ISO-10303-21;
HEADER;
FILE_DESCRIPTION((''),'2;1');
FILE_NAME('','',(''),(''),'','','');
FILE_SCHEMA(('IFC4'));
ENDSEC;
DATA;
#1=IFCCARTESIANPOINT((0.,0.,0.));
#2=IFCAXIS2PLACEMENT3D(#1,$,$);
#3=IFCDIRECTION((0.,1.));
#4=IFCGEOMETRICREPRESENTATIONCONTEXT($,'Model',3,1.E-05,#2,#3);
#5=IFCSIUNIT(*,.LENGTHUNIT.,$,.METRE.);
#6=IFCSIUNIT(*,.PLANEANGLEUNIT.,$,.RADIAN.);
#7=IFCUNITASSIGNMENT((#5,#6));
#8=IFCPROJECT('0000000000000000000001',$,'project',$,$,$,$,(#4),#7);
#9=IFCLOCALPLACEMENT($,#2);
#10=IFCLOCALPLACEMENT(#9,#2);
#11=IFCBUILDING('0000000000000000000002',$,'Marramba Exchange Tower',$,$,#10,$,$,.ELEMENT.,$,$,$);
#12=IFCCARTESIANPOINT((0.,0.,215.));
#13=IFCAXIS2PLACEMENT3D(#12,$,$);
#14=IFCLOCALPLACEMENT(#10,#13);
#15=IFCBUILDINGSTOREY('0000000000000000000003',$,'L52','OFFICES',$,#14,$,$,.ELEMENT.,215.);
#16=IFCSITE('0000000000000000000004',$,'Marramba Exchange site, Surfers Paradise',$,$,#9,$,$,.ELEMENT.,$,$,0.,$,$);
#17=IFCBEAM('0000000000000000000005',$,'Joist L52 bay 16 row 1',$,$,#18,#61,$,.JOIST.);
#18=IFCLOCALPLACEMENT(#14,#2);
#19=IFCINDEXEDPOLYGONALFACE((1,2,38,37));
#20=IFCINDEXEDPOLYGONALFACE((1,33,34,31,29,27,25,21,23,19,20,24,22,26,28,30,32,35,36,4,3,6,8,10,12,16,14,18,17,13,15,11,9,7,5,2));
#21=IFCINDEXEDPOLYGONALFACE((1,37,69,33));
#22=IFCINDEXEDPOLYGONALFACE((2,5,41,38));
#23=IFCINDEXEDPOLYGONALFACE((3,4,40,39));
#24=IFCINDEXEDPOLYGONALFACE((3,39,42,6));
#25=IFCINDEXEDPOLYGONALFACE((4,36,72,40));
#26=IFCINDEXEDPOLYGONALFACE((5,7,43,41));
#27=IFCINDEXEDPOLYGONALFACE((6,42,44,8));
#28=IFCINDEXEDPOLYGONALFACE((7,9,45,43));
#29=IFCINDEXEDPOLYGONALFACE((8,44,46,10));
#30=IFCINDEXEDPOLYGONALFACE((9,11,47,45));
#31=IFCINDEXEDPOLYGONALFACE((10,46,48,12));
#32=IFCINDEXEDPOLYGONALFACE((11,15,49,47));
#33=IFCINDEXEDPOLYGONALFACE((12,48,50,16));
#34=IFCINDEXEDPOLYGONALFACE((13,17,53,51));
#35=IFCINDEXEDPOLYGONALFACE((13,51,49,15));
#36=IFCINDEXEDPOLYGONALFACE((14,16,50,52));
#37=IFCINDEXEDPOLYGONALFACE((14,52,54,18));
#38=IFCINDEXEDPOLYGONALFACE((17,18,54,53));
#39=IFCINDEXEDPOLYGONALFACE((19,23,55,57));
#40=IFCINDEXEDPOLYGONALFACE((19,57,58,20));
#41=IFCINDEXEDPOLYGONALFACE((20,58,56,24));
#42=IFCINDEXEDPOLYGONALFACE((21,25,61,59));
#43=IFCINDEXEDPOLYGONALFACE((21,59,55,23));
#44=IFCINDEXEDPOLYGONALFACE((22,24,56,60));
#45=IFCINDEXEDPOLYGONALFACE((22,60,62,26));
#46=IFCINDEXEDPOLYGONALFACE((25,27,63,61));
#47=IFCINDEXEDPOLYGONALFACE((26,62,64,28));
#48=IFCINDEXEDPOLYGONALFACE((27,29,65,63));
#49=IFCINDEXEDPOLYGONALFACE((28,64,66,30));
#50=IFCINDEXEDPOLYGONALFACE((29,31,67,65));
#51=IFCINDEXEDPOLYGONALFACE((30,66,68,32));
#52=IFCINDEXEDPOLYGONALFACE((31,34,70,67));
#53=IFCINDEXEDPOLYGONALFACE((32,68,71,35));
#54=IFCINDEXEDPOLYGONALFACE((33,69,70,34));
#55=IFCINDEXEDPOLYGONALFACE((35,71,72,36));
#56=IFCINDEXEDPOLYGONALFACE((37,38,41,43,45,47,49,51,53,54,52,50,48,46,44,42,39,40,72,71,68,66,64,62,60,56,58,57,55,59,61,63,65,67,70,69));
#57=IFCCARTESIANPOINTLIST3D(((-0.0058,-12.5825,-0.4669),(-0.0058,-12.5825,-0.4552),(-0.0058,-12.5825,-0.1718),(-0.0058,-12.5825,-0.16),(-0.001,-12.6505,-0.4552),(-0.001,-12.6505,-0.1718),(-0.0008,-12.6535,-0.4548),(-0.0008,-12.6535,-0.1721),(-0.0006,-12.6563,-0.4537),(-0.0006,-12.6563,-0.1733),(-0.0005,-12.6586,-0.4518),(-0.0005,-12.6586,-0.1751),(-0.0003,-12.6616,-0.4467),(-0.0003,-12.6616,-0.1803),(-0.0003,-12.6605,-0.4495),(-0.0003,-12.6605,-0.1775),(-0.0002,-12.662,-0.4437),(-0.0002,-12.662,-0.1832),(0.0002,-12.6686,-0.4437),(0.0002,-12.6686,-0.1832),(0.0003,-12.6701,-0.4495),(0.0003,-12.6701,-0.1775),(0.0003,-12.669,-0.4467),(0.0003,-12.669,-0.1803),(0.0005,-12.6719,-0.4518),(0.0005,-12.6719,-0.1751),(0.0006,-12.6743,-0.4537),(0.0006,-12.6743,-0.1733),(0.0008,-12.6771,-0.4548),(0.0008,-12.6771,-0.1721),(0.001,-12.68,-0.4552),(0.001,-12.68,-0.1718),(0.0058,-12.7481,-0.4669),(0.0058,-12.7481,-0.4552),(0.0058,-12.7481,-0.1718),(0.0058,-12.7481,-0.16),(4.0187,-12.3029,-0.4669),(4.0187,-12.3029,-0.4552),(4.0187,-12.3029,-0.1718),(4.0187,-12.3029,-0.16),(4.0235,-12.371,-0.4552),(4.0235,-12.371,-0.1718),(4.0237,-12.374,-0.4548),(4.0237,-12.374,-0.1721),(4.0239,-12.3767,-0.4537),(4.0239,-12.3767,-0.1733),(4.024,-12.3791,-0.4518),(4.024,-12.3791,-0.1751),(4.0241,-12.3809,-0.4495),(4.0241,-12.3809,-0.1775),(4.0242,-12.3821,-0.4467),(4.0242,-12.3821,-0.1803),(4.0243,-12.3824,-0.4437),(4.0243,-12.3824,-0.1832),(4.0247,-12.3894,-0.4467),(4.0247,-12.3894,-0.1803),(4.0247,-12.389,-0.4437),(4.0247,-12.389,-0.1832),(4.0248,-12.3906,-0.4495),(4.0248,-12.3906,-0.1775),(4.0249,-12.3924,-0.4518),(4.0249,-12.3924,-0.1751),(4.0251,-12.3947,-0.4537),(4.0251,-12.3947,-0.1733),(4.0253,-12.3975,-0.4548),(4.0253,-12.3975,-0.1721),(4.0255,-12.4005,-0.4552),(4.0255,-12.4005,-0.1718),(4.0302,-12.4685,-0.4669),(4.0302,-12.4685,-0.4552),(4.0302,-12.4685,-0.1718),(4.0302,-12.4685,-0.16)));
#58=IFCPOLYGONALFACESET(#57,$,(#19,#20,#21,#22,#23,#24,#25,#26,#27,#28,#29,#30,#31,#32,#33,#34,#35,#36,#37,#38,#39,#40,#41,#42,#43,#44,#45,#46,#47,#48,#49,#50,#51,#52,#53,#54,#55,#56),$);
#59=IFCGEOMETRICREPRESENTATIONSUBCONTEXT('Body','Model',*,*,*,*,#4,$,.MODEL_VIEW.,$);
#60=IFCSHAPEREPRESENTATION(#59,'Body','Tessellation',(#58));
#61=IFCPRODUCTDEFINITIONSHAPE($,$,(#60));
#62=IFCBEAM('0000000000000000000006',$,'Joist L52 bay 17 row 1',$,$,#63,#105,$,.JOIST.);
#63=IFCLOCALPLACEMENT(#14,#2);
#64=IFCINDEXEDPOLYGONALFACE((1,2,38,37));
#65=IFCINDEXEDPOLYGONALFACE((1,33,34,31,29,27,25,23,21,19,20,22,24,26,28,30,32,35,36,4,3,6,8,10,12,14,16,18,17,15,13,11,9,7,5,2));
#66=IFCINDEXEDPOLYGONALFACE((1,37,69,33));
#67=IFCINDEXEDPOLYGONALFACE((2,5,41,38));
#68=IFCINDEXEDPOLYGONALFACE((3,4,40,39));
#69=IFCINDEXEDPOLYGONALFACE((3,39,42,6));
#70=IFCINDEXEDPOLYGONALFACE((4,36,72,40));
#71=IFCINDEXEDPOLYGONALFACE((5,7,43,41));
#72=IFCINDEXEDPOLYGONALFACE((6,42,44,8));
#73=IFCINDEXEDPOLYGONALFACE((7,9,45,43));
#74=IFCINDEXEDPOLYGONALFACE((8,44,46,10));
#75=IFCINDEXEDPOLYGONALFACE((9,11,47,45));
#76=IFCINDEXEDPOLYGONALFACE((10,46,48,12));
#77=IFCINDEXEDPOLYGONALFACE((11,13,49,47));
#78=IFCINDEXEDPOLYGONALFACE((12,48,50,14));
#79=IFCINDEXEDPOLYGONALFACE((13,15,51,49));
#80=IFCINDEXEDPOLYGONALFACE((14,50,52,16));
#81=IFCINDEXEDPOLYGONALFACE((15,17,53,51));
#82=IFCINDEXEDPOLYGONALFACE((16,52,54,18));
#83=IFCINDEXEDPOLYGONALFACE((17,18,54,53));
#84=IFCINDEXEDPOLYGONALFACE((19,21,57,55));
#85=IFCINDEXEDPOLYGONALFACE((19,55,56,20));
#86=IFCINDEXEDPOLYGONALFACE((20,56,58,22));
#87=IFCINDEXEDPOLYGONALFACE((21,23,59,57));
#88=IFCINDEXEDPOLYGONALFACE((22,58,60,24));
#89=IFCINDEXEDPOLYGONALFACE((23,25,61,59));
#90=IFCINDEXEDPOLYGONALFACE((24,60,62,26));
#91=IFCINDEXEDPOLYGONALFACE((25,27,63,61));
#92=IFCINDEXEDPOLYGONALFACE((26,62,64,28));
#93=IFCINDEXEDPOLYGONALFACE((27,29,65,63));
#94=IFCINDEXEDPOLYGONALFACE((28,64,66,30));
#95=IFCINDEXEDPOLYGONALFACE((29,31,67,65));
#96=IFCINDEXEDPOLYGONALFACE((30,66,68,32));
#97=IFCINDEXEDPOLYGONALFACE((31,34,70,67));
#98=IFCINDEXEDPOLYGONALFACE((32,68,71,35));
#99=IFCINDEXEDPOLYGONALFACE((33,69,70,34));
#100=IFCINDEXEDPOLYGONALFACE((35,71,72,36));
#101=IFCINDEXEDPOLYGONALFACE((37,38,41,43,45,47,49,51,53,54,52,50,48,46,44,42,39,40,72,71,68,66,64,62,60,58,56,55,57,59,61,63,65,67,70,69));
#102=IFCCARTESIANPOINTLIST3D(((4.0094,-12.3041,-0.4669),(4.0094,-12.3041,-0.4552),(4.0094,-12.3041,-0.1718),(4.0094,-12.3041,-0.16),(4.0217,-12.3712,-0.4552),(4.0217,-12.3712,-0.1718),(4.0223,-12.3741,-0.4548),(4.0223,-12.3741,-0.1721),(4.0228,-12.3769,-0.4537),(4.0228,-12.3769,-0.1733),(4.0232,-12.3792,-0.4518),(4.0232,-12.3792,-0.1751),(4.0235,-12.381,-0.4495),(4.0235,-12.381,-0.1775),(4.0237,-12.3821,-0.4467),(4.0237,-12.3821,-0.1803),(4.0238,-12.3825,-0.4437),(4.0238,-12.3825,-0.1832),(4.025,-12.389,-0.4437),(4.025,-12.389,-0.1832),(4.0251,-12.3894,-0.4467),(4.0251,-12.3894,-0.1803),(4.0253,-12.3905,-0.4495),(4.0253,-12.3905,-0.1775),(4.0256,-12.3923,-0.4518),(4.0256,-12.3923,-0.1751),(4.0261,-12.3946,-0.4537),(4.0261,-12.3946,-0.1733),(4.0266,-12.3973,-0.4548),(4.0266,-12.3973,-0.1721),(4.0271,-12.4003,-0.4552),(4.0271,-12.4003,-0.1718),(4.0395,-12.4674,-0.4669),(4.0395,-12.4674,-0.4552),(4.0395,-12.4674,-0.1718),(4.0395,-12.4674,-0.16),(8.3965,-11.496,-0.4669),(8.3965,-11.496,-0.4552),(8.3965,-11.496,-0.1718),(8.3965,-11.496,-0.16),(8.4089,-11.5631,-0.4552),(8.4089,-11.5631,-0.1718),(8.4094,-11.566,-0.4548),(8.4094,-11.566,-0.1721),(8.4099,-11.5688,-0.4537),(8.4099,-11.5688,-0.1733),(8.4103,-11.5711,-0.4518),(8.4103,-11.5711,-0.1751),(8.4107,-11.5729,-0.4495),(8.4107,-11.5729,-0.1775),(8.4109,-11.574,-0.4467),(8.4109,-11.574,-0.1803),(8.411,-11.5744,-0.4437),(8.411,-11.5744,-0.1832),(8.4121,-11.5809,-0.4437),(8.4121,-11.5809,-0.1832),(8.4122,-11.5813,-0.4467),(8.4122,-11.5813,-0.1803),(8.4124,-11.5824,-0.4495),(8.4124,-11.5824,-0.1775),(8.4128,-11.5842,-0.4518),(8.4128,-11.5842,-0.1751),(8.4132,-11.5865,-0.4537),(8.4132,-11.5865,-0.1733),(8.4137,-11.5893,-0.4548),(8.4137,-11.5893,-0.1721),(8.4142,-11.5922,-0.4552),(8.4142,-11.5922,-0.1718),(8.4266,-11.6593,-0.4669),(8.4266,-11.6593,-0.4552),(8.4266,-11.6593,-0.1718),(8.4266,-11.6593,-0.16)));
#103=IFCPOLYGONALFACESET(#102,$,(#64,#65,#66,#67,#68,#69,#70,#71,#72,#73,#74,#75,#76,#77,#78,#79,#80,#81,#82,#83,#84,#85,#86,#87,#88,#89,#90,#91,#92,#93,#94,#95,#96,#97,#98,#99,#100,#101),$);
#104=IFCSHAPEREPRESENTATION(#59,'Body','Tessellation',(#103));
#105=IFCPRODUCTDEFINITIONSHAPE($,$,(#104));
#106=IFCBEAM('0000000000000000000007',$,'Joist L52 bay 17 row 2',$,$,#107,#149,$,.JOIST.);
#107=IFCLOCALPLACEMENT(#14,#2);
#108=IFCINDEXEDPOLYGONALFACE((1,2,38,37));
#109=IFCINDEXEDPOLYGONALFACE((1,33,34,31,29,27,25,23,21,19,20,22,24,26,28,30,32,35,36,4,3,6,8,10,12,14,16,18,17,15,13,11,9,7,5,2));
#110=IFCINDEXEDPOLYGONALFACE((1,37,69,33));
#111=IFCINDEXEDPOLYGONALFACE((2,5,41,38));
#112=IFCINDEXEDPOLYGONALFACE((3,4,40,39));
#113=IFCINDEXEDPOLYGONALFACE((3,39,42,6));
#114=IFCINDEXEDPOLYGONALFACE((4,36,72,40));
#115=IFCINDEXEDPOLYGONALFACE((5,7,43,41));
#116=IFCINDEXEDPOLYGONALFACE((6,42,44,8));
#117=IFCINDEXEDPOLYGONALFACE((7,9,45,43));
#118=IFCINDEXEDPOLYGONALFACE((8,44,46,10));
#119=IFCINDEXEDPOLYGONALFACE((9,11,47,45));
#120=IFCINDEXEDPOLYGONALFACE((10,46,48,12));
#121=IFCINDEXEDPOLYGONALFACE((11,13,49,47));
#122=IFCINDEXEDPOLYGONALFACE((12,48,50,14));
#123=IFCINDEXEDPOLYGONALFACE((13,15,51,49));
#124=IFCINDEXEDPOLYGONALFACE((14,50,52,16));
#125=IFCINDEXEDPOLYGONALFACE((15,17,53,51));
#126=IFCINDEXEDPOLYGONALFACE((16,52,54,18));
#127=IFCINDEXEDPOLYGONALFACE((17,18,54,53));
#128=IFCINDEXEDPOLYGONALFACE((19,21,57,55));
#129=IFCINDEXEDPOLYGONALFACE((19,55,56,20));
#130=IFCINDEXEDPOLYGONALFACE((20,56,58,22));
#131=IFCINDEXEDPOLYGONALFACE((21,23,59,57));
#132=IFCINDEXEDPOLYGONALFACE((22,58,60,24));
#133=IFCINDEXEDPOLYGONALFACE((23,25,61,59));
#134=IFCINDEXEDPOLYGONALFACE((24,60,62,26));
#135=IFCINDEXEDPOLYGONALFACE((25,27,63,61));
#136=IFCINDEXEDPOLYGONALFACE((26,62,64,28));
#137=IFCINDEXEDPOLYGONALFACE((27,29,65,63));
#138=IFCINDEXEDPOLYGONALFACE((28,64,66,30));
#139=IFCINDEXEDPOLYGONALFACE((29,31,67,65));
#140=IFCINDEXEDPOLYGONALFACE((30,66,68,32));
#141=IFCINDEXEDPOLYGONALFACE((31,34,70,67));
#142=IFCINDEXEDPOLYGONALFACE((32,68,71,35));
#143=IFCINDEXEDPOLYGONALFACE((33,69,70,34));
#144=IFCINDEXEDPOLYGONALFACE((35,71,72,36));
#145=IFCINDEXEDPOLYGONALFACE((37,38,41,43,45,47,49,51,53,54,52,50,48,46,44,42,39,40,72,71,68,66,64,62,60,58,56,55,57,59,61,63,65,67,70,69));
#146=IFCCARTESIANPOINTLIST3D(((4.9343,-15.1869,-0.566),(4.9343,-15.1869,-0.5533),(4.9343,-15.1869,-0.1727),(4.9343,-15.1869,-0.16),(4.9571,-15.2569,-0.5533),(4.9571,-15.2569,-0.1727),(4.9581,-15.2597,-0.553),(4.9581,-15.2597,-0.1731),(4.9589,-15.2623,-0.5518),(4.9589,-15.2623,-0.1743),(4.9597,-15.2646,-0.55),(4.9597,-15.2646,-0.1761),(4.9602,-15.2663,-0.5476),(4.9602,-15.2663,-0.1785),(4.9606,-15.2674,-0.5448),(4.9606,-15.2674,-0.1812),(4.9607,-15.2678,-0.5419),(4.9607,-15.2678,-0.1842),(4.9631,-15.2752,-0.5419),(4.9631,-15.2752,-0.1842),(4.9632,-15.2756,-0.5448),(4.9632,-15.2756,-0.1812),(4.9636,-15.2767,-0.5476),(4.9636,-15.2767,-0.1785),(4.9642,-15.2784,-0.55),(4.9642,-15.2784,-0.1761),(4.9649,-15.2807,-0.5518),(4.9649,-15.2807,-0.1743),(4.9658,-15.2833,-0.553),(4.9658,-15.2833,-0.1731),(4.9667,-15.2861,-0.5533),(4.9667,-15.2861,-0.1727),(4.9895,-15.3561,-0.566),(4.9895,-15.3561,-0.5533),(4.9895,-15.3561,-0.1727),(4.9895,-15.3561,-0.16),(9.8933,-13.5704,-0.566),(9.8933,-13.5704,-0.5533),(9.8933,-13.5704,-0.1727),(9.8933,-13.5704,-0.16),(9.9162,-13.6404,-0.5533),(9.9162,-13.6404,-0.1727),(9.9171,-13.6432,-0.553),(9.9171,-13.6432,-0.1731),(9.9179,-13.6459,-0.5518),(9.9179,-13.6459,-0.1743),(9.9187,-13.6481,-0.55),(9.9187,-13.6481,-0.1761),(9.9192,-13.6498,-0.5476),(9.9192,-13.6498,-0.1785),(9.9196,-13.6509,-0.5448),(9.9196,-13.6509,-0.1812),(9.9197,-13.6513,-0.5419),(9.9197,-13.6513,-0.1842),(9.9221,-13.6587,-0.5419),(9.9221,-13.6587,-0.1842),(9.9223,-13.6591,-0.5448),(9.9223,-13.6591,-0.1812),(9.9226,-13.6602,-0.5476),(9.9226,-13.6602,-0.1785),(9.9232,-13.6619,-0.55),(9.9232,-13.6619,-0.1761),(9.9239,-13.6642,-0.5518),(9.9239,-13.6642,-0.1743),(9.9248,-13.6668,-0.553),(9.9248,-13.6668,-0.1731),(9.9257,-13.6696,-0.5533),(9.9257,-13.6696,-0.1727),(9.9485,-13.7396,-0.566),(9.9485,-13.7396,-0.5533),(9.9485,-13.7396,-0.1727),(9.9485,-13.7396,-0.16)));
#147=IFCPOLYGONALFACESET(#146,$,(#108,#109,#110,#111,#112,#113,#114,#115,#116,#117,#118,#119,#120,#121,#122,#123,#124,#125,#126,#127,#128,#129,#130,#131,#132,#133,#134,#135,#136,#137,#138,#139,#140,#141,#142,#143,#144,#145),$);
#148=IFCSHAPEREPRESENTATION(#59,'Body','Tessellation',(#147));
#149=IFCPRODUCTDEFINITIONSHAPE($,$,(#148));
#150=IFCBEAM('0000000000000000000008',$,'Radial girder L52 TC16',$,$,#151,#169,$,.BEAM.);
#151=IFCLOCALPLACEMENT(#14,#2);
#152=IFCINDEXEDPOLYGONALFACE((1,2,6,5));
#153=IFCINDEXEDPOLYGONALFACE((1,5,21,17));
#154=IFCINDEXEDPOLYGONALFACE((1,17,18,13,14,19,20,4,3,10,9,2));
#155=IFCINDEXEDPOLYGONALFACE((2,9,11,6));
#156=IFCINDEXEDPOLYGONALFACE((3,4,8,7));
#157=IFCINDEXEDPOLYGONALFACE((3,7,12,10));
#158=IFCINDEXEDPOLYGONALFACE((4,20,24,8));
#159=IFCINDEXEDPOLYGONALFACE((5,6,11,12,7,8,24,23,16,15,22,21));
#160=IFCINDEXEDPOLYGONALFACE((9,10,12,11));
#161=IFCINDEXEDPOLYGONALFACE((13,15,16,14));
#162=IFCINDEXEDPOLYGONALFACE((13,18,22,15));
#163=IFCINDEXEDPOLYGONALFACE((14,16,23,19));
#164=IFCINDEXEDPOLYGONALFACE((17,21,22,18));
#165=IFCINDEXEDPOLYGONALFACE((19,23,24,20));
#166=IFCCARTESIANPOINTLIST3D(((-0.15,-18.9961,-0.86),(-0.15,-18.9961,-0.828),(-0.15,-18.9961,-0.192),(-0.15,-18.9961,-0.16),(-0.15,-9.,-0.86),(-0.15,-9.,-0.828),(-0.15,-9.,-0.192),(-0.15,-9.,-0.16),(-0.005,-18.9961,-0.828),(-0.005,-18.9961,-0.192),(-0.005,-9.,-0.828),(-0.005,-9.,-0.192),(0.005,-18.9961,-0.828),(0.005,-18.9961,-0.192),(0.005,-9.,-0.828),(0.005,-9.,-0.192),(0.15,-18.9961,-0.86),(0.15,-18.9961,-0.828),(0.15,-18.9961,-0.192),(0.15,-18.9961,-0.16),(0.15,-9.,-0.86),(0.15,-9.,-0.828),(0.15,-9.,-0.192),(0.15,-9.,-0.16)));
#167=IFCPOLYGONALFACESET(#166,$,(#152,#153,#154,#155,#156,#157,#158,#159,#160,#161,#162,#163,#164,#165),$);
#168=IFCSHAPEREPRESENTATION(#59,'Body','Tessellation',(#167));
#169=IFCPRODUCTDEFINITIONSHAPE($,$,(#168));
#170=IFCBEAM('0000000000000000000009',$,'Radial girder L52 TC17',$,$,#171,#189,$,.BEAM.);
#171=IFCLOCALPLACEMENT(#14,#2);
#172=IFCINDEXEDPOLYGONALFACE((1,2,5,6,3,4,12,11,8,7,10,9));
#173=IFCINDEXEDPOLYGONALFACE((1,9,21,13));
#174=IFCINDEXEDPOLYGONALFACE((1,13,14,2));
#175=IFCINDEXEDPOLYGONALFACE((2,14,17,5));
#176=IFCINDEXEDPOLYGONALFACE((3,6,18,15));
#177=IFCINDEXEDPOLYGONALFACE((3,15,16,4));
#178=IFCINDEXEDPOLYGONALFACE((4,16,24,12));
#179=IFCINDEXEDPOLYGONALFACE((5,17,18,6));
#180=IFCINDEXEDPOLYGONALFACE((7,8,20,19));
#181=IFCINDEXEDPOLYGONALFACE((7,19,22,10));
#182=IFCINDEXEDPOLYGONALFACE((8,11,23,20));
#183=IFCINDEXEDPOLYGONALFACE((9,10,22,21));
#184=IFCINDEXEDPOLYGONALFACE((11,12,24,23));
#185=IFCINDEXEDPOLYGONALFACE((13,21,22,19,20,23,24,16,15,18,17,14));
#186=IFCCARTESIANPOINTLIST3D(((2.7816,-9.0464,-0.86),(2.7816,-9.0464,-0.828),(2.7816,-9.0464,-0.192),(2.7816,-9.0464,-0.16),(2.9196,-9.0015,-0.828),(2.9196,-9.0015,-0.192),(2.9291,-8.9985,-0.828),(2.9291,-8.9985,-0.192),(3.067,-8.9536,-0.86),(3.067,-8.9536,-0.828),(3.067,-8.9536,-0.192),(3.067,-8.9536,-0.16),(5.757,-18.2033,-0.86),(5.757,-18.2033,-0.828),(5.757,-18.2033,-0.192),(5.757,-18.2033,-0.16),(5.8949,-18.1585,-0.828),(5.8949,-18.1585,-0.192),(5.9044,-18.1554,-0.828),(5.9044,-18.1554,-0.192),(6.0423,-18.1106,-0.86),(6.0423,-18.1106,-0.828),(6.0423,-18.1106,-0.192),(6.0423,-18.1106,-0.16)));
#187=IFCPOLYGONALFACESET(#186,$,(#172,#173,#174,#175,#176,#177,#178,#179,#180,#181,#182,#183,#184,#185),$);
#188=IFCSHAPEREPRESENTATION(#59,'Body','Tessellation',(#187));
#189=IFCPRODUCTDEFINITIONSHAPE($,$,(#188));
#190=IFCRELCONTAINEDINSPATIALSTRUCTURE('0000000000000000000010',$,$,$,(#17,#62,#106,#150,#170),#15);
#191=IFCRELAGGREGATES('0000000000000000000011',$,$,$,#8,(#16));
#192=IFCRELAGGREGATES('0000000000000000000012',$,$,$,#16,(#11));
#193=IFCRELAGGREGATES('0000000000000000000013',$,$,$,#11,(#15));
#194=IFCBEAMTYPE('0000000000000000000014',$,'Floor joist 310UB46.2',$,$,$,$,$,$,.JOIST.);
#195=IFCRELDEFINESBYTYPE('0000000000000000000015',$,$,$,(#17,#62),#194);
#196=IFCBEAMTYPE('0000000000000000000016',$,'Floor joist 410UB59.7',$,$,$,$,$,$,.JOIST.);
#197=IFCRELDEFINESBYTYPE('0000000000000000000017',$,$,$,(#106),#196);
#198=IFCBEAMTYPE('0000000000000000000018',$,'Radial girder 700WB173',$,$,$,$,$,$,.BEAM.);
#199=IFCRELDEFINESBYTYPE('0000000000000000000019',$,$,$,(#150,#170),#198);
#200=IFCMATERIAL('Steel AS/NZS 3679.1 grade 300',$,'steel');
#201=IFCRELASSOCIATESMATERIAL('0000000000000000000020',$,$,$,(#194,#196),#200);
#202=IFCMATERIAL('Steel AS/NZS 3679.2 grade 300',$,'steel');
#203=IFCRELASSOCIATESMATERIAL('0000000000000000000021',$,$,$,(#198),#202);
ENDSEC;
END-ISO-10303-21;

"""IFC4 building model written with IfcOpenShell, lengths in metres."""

from ifc_helpers import new_model, si_unit, direction, frame, origin, origin_2d, place, context, subcontext, project, spatial, i_section, extrude, material, material_profile, profile_set, type_object, element, save


model = new_model("IFC4")

# Units and contexts
model_context = context("Model", 3, precision=1e-05, world=origin(), true_north=direction((0.0, 1.0)))
body_context = subcontext(model_context, "Body", "Model", "MODEL_VIEW")
ifc_project = project(units=[si_unit("LENGTHUNIT", "METRE"), si_unit("PLANEANGLEUNIT", "RADIAN")], contexts=[model_context])

# Site, building, storey
site_placement = place(None, origin())
site = spatial("IfcSite", under=ifc_project, at=site_placement, Name="Marramba Exchange site, Surfers Paradise", CompositionType="ELEMENT", RefElevation=0.0)
building_placement = place(site_placement, origin())
building = spatial("IfcBuilding", under=site, at=building_placement, Name="Marramba Exchange Tower", CompositionType="ELEMENT")
storey_placement = place(building_placement, frame((0.0, 0.0, 215.0)))
storey = spatial("IfcBuildingStorey", under=building, at=storey_placement, Name="L52", Description="OFFICES", CompositionType="ELEMENT", Elevation=215.0)

# Beams
ifc_material_1 = material(Name="Steel AS/NZS 3679.1 grade 300", Category="steel")
ifc_material_profile_1 = material_profile(ifc_material_1, i_section(OverallWidth=0.166, OverallDepth=0.3069, WebThickness=0.0066, FlangeThickness=0.0117, FilletRadius=0.0115, at=origin_2d()), Name="310UB46.2")
ifc_profile_set_1 = profile_set([ifc_material_profile_1], Name="Steel AS/NZS 3679.1 grade 300")
beam_type_1 = type_object("IfcBeamType", Name="Floor joist 310UB46.2", PredefinedType="JOIST", material=ifc_profile_set_1)
beam_1_placement = place(storey_placement, frame((0.0, -12.6653, -0.3135), z_axis=(0.997596, 0.069294, 0.0), x_axis=(-0.069294, 0.997596, 0.0)))
element("IfcBeam", 1, at=beam_1_placement, inside=storey, type_object=beam_type_1, Name="Joist L52 bay 16 row 1", PredefinedType="JOIST", context=body_context, shape_type="SweptSolid", body=[
    extrude(i_section(OverallWidth=0.166, OverallDepth=0.3069, WebThickness=0.0066, FlangeThickness=0.0117, FilletRadius=0.0115, at=origin_2d()), origin(), (0.0, 0.0, 1.0), 4.0342),
])
beam_2_placement = place(storey_placement, frame((4.0244, -12.3857, -0.3135), z_axis=(0.983456, 0.181149, 0.0), x_axis=(-0.181149, 0.983456, 0.0)))
element("IfcBeam", 2, at=beam_2_placement, inside=storey, type_object=beam_type_1, Name="Joist L52 bay 17 row 1", PredefinedType="JOIST", context=body_context, shape_type="SweptSolid", body=[
    extrude(i_section(OverallWidth=0.166, OverallDepth=0.3069, WebThickness=0.0066, FlangeThickness=0.0117, FilletRadius=0.0115, at=origin_2d()), origin(), (0.0, 0.0, 1.0), 4.4609),
])
ifc_material_profile_2 = material_profile(ifc_material_1, i_section(OverallWidth=0.178, OverallDepth=0.406, WebThickness=0.0078, FlangeThickness=0.0127, FilletRadius=0.0115, at=origin_2d()), Name="410UB59.7")
ifc_profile_set_2 = profile_set([ifc_material_profile_2], Name="Steel AS/NZS 3679.1 grade 300")
beam_type_2 = type_object("IfcBeamType", Name="Floor joist 410UB59.7", PredefinedType="JOIST", material=ifc_profile_set_2)
beam_3_placement = place(storey_placement, frame((4.9619, -15.2715, -0.363), z_axis=(0.950764, 0.309916, 0.0), x_axis=(-0.309916, 0.950764, 0.0)))
element("IfcBeam", 3, at=beam_3_placement, inside=storey, type_object=beam_type_2, Name="Joist L52 bay 17 row 2", PredefinedType="JOIST", context=body_context, shape_type="SweptSolid", body=[
    extrude(i_section(OverallWidth=0.178, OverallDepth=0.406, WebThickness=0.0078, FlangeThickness=0.0127, FilletRadius=0.0115, at=origin_2d()), origin(), (0.0, 0.0, 1.0), 5.2158),
])
ifc_material_2 = material(Name="Steel AS/NZS 3679.2 grade 300", Category="steel")
ifc_material_profile_3 = material_profile(ifc_material_2, i_section(OverallWidth=0.3, OverallDepth=0.7, WebThickness=0.01, FlangeThickness=0.032, at=origin_2d()), Name="700WB173")
ifc_profile_set_3 = profile_set([ifc_material_profile_3], Name="Steel AS/NZS 3679.2 grade 300")
beam_type_3 = type_object("IfcBeamType", Name="Radial girder 700WB173", PredefinedType="BEAM", material=ifc_profile_set_3)
beam_4_placement = place(storey_placement, frame((0.0, -9.0, -0.51), z_axis=(0.0, -1.0, 0.0), x_axis=(1.0, 0.0, 0.0)))
element("IfcBeam", 4, at=beam_4_placement, inside=storey, type_object=beam_type_3, Name="Radial girder L52 TC16", PredefinedType="BEAM", context=body_context, shape_type="SweptSolid", body=[
    extrude(i_section(OverallWidth=0.3, OverallDepth=0.7, WebThickness=0.01, FlangeThickness=0.032, at=origin_2d()), origin(), (0.0, 0.0, 1.0), 9.9961),
])
beam_5_placement = place(storey_placement, frame((2.9243, -9.0, -0.51), z_axis=(0.309022, -0.951055, 0.0), x_axis=(0.951055, 0.309022, 0.0)))
element("IfcBeam", 5, at=beam_5_placement, inside=storey, type_object=beam_type_3, Name="Radial girder L52 TC17", PredefinedType="BEAM", context=body_context, shape_type="SweptSolid", body=[
    extrude(i_section(OverallWidth=0.3, OverallDepth=0.7, WebThickness=0.01, FlangeThickness=0.032, at=origin_2d()), origin(), (0.0, 0.0, 1.0), 9.6282),
])

save(model, "model.ifc")
